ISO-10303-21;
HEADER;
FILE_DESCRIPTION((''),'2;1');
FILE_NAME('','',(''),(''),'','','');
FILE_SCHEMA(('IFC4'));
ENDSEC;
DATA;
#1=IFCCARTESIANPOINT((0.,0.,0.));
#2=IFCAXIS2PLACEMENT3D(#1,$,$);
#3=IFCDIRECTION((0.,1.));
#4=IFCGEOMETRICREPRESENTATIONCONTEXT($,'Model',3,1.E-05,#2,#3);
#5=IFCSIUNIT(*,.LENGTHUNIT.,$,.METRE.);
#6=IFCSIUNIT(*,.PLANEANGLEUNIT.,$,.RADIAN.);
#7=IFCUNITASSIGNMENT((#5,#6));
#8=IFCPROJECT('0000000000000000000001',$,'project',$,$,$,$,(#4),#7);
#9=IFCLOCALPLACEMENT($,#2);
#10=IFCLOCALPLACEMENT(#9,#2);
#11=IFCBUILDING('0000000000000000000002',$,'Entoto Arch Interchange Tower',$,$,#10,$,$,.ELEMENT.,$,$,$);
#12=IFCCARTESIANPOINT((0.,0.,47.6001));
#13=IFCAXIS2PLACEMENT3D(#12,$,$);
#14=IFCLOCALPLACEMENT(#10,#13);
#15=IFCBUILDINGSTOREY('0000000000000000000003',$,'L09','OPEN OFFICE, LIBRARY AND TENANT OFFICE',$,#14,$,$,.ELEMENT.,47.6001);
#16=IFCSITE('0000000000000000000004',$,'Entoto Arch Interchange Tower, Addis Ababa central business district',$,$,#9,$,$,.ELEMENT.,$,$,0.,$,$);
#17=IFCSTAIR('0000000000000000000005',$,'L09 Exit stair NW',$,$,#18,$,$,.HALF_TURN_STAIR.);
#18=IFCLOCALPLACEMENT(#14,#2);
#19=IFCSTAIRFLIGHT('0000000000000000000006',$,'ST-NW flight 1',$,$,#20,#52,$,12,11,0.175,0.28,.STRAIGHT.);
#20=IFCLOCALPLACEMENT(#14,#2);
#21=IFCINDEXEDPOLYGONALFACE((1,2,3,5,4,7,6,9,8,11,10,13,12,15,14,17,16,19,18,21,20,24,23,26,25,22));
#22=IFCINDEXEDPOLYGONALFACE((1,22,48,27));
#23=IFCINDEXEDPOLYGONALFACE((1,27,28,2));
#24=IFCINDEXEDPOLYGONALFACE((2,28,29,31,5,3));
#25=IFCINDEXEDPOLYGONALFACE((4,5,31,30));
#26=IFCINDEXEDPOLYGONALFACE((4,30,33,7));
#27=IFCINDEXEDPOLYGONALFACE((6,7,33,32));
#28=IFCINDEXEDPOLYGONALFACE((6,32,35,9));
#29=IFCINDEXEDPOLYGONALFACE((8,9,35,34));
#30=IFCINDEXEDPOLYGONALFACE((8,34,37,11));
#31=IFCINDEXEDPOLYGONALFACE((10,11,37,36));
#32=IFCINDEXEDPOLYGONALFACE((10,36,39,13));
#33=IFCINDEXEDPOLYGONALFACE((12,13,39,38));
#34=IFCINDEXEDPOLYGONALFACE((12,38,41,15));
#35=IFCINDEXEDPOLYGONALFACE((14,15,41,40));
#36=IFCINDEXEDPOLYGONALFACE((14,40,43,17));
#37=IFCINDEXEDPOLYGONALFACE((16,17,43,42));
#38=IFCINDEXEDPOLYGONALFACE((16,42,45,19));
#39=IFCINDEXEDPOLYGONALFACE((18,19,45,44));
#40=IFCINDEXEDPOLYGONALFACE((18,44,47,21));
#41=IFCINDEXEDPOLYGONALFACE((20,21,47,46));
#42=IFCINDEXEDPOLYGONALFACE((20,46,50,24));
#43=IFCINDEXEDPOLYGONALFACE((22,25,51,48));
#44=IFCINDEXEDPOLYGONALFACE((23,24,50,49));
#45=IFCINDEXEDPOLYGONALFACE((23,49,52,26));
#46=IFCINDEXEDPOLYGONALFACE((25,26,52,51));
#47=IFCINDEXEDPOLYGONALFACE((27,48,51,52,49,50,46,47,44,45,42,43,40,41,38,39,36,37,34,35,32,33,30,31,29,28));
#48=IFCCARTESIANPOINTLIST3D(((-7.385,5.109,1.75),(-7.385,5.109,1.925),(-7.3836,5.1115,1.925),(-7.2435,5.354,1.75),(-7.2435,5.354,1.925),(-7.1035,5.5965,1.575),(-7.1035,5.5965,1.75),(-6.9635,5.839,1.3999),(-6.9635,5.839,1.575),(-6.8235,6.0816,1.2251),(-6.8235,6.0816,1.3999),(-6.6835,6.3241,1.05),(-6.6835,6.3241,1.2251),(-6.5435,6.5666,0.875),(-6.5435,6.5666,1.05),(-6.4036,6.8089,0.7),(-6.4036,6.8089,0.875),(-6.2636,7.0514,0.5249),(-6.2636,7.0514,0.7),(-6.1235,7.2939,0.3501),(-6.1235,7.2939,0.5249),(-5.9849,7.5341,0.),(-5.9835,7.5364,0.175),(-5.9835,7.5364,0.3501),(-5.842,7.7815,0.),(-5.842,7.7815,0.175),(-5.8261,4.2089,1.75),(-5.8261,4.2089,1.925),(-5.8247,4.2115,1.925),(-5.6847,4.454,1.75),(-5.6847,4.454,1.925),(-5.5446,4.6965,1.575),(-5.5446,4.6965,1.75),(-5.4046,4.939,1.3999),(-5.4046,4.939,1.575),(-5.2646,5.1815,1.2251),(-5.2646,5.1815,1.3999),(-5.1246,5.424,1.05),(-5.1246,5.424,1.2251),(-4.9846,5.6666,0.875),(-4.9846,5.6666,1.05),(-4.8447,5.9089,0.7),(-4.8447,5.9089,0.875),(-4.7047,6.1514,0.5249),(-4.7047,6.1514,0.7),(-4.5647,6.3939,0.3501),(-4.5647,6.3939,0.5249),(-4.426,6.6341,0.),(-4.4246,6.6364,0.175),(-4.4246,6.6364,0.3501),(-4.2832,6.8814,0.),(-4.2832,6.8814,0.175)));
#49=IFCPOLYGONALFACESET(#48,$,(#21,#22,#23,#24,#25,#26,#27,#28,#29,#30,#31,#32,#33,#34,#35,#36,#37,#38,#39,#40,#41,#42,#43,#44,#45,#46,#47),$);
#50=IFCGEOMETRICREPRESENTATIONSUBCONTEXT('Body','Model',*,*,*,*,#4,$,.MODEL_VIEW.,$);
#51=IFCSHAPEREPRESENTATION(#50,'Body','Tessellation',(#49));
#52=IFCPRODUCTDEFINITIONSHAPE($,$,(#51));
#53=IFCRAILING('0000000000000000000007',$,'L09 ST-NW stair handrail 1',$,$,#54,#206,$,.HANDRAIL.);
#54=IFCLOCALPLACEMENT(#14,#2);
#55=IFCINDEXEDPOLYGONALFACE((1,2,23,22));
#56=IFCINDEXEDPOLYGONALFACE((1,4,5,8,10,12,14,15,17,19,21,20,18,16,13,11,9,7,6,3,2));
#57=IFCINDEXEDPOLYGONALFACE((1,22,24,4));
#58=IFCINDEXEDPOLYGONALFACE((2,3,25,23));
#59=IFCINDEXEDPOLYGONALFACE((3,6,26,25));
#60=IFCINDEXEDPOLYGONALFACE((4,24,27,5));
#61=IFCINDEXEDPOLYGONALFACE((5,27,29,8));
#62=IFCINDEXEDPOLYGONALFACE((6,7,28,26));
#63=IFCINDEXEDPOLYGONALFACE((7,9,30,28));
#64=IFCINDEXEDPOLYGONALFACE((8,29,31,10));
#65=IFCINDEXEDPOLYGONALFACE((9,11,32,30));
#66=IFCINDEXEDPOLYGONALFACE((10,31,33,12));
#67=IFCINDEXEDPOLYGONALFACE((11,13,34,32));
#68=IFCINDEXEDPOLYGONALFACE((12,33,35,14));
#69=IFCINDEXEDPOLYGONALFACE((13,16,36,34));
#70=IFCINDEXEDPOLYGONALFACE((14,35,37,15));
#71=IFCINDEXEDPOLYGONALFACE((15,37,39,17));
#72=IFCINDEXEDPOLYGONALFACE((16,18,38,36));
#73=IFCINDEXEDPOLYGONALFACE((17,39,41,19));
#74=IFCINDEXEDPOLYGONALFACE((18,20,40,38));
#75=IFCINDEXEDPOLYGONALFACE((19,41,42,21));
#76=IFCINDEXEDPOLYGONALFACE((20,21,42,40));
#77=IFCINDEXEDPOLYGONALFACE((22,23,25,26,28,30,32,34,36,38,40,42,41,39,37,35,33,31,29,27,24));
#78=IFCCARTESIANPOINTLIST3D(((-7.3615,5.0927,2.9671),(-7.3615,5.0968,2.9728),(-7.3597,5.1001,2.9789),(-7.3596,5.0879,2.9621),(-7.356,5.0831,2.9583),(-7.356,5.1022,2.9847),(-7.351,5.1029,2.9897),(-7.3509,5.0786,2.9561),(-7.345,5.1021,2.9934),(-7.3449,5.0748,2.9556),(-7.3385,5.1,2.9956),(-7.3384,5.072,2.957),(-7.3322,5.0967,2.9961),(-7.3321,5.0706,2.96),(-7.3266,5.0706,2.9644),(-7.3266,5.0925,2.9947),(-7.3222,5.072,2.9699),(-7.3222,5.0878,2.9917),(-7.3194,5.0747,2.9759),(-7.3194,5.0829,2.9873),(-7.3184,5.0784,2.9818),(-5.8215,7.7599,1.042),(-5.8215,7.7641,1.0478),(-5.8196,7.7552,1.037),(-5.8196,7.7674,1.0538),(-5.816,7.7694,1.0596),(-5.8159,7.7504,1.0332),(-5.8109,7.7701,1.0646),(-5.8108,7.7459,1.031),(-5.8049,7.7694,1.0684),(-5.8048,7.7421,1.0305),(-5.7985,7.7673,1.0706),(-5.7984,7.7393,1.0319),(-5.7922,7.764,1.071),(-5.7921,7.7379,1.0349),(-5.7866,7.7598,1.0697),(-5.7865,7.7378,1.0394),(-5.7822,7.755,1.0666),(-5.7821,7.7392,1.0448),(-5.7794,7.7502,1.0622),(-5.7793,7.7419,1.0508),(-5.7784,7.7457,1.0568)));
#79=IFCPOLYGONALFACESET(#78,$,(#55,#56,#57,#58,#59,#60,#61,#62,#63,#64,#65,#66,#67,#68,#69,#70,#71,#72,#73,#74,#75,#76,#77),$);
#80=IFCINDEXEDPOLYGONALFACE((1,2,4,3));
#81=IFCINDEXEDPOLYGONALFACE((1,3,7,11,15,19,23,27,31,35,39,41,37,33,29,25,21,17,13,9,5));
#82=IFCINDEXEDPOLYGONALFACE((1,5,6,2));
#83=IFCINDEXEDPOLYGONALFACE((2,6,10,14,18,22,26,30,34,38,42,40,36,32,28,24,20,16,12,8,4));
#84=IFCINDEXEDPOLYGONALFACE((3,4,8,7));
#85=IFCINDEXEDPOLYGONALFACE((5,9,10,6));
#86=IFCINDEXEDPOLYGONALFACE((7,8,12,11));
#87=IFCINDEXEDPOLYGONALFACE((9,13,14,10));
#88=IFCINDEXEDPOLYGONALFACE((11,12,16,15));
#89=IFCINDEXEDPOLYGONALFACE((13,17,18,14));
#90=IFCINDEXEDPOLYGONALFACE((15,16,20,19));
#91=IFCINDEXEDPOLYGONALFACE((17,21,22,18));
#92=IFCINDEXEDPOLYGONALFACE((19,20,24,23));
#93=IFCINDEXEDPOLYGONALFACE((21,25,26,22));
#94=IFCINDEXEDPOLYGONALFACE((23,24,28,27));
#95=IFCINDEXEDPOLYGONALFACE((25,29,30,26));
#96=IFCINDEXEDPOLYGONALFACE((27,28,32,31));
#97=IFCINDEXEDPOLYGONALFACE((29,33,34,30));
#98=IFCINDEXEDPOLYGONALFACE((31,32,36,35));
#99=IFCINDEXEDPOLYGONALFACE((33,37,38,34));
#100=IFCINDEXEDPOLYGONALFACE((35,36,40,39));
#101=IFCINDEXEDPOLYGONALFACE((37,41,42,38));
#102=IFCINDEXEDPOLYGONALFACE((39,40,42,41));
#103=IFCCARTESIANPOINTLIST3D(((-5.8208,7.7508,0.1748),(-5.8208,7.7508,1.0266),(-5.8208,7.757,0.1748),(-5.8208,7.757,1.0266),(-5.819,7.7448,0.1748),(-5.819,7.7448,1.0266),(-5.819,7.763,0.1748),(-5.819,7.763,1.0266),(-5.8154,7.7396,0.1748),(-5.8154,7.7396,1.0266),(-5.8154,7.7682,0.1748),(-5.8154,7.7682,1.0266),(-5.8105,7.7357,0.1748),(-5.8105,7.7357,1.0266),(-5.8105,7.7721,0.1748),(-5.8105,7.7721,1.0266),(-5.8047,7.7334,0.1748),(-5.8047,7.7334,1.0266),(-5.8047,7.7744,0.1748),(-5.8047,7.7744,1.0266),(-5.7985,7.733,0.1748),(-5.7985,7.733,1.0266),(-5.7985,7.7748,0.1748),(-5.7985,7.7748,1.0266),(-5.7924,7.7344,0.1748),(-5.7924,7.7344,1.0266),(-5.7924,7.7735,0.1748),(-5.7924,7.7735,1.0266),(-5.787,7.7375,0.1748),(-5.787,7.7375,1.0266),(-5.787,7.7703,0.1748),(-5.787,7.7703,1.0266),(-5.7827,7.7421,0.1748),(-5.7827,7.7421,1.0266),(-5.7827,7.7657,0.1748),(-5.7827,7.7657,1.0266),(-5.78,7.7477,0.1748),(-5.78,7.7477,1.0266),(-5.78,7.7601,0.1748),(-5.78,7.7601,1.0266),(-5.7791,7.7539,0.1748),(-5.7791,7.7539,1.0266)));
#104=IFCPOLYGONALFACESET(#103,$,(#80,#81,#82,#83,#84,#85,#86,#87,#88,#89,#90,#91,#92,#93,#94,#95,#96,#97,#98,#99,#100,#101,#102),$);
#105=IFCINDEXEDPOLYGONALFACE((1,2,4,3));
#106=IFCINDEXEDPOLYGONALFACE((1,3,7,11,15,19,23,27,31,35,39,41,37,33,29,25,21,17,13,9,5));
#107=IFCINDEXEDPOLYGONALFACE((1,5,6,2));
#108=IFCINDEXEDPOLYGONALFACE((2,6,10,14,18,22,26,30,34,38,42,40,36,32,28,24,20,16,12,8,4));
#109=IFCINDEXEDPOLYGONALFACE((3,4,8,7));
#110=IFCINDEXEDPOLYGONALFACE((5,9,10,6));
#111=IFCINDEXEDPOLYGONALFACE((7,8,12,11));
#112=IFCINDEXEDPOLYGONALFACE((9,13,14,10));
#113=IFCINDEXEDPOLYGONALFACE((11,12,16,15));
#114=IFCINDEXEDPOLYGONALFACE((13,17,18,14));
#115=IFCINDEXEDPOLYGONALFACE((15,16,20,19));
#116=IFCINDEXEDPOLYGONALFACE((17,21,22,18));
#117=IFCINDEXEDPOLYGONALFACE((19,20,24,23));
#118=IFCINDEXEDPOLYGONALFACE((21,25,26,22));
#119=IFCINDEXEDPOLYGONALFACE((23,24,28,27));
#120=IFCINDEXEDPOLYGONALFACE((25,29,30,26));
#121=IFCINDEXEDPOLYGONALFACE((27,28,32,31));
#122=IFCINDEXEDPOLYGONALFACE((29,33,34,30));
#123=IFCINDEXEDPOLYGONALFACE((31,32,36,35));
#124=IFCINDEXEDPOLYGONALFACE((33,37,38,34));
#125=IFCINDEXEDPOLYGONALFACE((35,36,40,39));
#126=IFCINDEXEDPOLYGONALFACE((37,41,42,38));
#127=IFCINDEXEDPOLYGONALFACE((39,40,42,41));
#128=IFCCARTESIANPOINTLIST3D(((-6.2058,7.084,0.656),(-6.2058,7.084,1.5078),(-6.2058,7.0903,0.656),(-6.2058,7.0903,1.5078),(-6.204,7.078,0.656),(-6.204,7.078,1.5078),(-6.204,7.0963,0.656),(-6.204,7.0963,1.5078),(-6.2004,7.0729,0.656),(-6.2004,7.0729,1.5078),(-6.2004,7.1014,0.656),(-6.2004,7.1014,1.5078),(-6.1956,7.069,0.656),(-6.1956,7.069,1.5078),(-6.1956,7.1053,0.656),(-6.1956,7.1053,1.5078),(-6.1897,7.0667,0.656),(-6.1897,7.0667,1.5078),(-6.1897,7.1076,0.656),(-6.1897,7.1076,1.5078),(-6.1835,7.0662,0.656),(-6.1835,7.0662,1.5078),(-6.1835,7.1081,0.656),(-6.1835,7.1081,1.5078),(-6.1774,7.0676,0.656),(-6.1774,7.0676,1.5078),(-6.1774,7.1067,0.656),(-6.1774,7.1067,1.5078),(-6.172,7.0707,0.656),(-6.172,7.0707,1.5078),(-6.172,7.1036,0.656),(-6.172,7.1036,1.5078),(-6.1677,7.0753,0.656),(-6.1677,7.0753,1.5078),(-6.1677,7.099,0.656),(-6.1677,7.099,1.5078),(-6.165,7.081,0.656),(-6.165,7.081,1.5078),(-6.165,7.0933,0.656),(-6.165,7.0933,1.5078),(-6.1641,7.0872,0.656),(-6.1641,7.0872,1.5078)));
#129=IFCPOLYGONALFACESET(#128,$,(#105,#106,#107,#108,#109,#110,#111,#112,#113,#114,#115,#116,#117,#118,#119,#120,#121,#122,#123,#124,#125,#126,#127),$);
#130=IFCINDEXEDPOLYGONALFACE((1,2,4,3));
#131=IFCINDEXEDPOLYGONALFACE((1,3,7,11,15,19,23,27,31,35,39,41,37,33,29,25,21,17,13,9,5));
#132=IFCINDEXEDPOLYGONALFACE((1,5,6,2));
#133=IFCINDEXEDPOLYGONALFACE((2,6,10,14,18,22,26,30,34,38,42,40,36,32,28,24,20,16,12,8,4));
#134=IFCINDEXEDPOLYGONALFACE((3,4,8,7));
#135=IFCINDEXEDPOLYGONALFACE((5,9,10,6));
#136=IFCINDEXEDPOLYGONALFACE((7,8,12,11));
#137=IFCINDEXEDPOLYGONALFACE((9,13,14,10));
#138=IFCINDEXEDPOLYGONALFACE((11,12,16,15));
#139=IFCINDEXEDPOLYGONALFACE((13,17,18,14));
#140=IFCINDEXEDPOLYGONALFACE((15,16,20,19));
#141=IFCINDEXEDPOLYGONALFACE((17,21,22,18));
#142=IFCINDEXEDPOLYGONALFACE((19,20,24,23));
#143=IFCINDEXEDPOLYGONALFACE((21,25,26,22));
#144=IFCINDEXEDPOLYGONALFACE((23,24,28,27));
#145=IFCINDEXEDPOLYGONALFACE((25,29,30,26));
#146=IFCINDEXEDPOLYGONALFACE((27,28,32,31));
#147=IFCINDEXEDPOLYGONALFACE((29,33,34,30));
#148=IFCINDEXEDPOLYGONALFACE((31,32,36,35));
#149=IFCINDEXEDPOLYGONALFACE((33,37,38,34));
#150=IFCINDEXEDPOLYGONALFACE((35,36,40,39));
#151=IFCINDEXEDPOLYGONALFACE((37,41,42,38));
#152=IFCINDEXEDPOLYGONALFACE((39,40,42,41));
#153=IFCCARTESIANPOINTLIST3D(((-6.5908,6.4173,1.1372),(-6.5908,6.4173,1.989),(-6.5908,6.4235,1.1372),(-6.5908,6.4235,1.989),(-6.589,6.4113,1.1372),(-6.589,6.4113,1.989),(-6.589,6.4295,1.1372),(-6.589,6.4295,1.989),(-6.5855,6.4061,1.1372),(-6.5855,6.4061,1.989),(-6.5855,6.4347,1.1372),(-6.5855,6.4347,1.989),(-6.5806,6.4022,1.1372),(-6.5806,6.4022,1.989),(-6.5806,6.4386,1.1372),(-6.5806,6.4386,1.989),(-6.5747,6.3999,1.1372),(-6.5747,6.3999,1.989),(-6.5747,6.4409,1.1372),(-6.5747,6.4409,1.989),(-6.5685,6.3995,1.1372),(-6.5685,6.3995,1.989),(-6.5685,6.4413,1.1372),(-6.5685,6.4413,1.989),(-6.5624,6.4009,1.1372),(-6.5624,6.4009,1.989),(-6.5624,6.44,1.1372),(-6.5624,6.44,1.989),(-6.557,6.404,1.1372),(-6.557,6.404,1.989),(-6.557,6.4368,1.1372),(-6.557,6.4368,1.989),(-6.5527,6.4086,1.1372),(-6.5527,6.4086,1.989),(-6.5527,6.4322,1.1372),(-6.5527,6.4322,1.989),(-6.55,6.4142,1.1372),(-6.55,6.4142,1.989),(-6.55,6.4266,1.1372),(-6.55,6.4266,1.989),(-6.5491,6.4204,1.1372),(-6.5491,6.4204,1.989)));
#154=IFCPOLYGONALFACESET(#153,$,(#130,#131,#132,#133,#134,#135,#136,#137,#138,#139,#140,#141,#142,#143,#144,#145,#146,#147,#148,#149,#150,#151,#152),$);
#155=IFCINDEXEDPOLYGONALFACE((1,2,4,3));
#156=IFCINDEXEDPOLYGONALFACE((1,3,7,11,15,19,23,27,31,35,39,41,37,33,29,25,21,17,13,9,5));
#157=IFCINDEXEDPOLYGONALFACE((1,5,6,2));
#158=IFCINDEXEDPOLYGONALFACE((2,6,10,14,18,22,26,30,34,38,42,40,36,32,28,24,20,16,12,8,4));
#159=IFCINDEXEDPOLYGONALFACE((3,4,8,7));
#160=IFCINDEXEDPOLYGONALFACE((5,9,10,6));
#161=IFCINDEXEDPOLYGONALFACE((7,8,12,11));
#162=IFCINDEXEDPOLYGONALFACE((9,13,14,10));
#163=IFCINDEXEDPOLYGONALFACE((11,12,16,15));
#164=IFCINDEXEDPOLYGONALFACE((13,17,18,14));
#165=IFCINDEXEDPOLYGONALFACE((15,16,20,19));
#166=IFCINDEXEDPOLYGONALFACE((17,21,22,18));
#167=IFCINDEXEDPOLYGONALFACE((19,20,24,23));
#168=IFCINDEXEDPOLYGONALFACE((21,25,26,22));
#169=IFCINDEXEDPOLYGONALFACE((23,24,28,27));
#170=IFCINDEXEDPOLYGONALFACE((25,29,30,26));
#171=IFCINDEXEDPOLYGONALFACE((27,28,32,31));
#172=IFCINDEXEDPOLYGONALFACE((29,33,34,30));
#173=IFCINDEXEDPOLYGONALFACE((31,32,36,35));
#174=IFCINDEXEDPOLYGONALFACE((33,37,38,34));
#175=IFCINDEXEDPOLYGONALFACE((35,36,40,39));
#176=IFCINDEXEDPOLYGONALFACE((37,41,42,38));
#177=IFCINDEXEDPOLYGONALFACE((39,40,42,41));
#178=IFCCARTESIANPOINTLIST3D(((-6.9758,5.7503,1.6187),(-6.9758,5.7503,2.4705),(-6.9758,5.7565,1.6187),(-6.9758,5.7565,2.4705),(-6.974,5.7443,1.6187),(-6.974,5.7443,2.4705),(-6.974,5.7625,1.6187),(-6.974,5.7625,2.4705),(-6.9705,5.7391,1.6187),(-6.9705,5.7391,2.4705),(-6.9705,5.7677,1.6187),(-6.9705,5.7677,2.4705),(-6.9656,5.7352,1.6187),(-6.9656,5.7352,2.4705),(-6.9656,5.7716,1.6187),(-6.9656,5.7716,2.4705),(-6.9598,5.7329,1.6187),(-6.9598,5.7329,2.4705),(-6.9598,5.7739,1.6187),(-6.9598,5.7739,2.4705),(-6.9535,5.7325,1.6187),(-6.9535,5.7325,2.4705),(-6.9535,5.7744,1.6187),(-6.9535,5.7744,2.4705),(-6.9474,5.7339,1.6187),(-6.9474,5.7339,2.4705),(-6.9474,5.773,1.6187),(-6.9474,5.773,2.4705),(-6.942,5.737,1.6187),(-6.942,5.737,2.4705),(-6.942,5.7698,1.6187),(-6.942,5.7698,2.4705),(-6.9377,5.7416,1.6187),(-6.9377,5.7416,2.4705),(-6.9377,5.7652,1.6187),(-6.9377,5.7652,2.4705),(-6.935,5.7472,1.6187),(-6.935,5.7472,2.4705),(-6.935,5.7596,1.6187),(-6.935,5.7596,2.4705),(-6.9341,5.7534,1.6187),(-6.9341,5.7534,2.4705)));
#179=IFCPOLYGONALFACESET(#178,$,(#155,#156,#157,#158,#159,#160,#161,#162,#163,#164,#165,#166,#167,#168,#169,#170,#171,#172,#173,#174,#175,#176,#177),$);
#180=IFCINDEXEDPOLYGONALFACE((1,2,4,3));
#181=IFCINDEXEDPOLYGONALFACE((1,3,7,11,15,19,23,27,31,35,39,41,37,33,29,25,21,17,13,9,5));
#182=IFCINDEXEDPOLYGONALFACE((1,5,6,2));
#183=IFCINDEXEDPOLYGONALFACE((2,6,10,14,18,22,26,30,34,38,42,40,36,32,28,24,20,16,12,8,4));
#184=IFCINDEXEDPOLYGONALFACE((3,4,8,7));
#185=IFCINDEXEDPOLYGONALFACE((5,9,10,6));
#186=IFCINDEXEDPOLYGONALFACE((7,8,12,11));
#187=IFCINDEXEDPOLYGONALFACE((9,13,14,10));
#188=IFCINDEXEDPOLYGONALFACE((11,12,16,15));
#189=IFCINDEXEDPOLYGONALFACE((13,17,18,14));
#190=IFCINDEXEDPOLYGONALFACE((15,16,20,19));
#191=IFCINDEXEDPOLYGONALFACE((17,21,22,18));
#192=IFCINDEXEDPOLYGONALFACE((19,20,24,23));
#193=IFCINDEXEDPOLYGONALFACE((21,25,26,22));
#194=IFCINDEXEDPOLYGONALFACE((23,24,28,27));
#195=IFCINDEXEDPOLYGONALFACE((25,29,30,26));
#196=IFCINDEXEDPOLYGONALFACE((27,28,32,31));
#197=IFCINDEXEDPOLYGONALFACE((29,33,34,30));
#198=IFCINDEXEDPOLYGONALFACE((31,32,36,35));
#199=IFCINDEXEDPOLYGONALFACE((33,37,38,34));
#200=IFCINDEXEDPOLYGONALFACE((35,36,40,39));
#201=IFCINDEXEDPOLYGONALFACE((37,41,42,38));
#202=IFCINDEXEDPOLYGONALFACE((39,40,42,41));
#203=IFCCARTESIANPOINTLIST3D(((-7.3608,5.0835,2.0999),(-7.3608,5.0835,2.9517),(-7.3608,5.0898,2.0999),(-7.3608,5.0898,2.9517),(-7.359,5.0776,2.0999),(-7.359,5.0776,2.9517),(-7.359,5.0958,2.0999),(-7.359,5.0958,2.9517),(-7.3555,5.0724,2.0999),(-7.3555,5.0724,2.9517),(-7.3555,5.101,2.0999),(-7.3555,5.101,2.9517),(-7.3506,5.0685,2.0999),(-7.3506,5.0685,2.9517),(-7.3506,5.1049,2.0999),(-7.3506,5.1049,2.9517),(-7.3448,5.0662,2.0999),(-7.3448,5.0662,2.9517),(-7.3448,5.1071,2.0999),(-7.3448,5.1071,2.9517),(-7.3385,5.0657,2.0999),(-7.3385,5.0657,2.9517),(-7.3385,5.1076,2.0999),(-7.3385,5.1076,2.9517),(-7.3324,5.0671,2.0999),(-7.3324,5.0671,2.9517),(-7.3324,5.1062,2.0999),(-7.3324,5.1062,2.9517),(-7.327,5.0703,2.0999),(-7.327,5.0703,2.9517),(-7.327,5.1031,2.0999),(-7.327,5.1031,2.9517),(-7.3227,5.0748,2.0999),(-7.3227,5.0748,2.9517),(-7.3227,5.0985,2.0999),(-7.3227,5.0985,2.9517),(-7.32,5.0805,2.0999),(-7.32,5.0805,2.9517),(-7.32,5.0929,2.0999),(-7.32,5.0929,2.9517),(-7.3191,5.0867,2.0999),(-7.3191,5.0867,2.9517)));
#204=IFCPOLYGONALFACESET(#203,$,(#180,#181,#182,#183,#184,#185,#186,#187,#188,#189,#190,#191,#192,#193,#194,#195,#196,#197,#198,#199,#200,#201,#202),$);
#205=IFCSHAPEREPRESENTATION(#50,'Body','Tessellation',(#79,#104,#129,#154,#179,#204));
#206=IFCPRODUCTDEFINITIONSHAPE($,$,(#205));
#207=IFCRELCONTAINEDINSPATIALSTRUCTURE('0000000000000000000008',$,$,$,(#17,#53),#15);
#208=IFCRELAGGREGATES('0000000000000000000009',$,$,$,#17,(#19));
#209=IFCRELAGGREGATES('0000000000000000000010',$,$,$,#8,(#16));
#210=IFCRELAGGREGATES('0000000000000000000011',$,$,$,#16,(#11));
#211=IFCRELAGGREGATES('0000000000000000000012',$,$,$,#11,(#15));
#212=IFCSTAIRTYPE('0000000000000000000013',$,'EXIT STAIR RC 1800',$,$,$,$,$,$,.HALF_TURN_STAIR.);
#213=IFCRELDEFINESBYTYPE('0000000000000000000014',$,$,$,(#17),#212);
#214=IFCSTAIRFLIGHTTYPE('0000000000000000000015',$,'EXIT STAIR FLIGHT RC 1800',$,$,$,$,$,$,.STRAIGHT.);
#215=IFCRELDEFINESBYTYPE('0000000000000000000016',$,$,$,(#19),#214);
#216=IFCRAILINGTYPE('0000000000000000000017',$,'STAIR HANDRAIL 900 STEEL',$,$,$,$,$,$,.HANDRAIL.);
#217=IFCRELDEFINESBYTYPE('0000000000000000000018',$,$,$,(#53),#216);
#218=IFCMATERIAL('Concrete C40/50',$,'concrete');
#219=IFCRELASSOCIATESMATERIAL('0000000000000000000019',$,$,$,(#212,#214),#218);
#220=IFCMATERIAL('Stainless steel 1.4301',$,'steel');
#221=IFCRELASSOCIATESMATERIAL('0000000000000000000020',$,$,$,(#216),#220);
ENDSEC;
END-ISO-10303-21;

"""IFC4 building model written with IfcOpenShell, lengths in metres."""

from ifc_helpers import new_model, si_unit, direction, frame, origin, origin_2d, place, context, subcontext, project, spatial, polyline, circle, outline, extrude, material, type_object, element, aggregate, save


model = new_model("IFC4")

# Units and contexts
model_context = context("Model", 3, precision=1e-05, world=origin(), true_north=direction((0.0, 1.0)))
body_context = subcontext(model_context, "Body", "Model", "MODEL_VIEW")
ifc_project = project(units=[si_unit("LENGTHUNIT", "METRE"), si_unit("PLANEANGLEUNIT", "RADIAN")], contexts=[model_context])

# Site, building, storey
site_placement = place(None, origin())
site = spatial("IfcSite", under=ifc_project, at=site_placement, Name="Entoto Arch Interchange Tower, Addis Ababa central business district", CompositionType="ELEMENT", RefElevation=0.0)
building_placement = place(site_placement, origin())
building = spatial("IfcBuilding", under=site, at=building_placement, Name="Entoto Arch Interchange Tower", CompositionType="ELEMENT")
storey_placement = place(building_placement, frame((0.0, 0.0, 47.6001)))
storey = spatial("IfcBuildingStorey", under=building, at=storey_placement, Name="L09", Description="OPEN OFFICE, LIBRARY AND TENANT OFFICE", CompositionType="ELEMENT", Elevation=47.6001)

# Shared definitions
ifc_material_1 = material(Name="Concrete C40/50", Category="concrete")

# Stair, stair flight
stair_type = type_object("IfcStairType", Name="EXIT STAIR RC 1800", PredefinedType="HALF_TURN_STAIR", material=ifc_material_1)
stair_placement = place(storey_placement, origin())
stair = element("IfcStair", 1, at=stair_placement, inside=storey, type_object=stair_type, Name="L09 Exit stair NW", PredefinedType="HALF_TURN_STAIR")
stair_flight_type = type_object("IfcStairFlightType", Name="EXIT STAIR FLIGHT RC 1800", PredefinedType="STRAIGHT", material=ifc_material_1)
stair_flight_placement = place(storey_placement, frame((-5.064, 7.3289, 0.0), z_axis=(0.0, 0.0, 1.0), x_axis=(-0.5, -0.866025, 0.0)))
stair_flight = element("IfcStairFlight", 2, at=stair_flight_placement, type_object=stair_flight_type, Name="ST-NW flight 1", NumberOfRisers=12, NumberOfTreads=11, PredefinedType="STRAIGHT", RiserHeight=0.175, TreadLength=0.28, context=body_context, shape_type="SweptSolid", body=[
    extrude(outline(polyline([(-0.0029, 0.0), (-0.0029, 0.175), (0.28, 0.175), (0.28, 0.3501), (0.5601, 0.3501), (0.5601, 0.5249), (0.8401, 0.5249), (0.8401, 0.7), (1.1201, 0.7), (1.1201, 0.875), (1.3999, 0.875), (1.3999, 1.05), (1.6799, 1.05), (1.6799, 1.2251), (1.96, 1.2251), (1.96, 1.3999), (2.24, 1.3999), (2.24, 1.575), (2.52, 1.575), (2.52, 1.75), (2.8, 1.75), (2.8, 1.925), (3.0801, 1.925), (3.083, 1.925), (3.083, 1.75), (0.2827, 0.0), (-0.0029, 0.0)])), frame((0.0, 0.8999, 0.0), z_axis=(0.0, -1.0, 0.0), x_axis=(1.0, 0.0, 0.0)), (0.0, 0.0, 1.0), 1.8),
])
aggregate(stair, [stair_flight])

# Railing
ifc_material_2 = material(Name="Stainless steel 1.4301", Category="steel")
railing_type = type_object("IfcRailingType", Name="STAIR HANDRAIL 900 STEEL", PredefinedType="HANDRAIL", material=ifc_material_2)
railing_placement = place(storey_placement, frame((-5.8, 7.7539, 0.1748)))
element("IfcRailing", 3, at=railing_placement, inside=storey, type_object=railing_type, Name="L09 ST-NW stair handrail 1", PredefinedType="HANDRAIL", context=body_context, shape_type="SweptSolid", body=[
    extrude(circle(Radius=0.0239, at=origin_2d()), frame((0.0, 0.0, 0.876), z_axis=(-0.424015, -0.734364, 0.530019), x_axis=(0.86601, -0.500027, 0.0)), (0.0, 0.0, 1.0), 3.6321),
    extrude(circle(Radius=0.021, at=origin_2d()), origin(), (0.0, 0.0, 1.0), 0.8518),
    extrude(circle(Radius=0.021, at=origin_2d()), frame((-0.385, -0.6667, 0.4812)), (0.0, 0.0, 1.0), 0.8518),
    extrude(circle(Radius=0.021, at=origin_2d()), frame((-0.77, -1.3335, 0.9624)), (0.0, 0.0, 1.0), 0.8518),
    extrude(circle(Radius=0.021, at=origin_2d()), frame((-1.155, -2.0005, 1.4438)), (0.0, 0.0, 1.0), 0.8518),
    extrude(circle(Radius=0.021, at=origin_2d()), frame((-1.54, -2.6672, 1.925)), (0.0, 0.0, 1.0), 0.8518),
])

save(model, "model.ifc")
